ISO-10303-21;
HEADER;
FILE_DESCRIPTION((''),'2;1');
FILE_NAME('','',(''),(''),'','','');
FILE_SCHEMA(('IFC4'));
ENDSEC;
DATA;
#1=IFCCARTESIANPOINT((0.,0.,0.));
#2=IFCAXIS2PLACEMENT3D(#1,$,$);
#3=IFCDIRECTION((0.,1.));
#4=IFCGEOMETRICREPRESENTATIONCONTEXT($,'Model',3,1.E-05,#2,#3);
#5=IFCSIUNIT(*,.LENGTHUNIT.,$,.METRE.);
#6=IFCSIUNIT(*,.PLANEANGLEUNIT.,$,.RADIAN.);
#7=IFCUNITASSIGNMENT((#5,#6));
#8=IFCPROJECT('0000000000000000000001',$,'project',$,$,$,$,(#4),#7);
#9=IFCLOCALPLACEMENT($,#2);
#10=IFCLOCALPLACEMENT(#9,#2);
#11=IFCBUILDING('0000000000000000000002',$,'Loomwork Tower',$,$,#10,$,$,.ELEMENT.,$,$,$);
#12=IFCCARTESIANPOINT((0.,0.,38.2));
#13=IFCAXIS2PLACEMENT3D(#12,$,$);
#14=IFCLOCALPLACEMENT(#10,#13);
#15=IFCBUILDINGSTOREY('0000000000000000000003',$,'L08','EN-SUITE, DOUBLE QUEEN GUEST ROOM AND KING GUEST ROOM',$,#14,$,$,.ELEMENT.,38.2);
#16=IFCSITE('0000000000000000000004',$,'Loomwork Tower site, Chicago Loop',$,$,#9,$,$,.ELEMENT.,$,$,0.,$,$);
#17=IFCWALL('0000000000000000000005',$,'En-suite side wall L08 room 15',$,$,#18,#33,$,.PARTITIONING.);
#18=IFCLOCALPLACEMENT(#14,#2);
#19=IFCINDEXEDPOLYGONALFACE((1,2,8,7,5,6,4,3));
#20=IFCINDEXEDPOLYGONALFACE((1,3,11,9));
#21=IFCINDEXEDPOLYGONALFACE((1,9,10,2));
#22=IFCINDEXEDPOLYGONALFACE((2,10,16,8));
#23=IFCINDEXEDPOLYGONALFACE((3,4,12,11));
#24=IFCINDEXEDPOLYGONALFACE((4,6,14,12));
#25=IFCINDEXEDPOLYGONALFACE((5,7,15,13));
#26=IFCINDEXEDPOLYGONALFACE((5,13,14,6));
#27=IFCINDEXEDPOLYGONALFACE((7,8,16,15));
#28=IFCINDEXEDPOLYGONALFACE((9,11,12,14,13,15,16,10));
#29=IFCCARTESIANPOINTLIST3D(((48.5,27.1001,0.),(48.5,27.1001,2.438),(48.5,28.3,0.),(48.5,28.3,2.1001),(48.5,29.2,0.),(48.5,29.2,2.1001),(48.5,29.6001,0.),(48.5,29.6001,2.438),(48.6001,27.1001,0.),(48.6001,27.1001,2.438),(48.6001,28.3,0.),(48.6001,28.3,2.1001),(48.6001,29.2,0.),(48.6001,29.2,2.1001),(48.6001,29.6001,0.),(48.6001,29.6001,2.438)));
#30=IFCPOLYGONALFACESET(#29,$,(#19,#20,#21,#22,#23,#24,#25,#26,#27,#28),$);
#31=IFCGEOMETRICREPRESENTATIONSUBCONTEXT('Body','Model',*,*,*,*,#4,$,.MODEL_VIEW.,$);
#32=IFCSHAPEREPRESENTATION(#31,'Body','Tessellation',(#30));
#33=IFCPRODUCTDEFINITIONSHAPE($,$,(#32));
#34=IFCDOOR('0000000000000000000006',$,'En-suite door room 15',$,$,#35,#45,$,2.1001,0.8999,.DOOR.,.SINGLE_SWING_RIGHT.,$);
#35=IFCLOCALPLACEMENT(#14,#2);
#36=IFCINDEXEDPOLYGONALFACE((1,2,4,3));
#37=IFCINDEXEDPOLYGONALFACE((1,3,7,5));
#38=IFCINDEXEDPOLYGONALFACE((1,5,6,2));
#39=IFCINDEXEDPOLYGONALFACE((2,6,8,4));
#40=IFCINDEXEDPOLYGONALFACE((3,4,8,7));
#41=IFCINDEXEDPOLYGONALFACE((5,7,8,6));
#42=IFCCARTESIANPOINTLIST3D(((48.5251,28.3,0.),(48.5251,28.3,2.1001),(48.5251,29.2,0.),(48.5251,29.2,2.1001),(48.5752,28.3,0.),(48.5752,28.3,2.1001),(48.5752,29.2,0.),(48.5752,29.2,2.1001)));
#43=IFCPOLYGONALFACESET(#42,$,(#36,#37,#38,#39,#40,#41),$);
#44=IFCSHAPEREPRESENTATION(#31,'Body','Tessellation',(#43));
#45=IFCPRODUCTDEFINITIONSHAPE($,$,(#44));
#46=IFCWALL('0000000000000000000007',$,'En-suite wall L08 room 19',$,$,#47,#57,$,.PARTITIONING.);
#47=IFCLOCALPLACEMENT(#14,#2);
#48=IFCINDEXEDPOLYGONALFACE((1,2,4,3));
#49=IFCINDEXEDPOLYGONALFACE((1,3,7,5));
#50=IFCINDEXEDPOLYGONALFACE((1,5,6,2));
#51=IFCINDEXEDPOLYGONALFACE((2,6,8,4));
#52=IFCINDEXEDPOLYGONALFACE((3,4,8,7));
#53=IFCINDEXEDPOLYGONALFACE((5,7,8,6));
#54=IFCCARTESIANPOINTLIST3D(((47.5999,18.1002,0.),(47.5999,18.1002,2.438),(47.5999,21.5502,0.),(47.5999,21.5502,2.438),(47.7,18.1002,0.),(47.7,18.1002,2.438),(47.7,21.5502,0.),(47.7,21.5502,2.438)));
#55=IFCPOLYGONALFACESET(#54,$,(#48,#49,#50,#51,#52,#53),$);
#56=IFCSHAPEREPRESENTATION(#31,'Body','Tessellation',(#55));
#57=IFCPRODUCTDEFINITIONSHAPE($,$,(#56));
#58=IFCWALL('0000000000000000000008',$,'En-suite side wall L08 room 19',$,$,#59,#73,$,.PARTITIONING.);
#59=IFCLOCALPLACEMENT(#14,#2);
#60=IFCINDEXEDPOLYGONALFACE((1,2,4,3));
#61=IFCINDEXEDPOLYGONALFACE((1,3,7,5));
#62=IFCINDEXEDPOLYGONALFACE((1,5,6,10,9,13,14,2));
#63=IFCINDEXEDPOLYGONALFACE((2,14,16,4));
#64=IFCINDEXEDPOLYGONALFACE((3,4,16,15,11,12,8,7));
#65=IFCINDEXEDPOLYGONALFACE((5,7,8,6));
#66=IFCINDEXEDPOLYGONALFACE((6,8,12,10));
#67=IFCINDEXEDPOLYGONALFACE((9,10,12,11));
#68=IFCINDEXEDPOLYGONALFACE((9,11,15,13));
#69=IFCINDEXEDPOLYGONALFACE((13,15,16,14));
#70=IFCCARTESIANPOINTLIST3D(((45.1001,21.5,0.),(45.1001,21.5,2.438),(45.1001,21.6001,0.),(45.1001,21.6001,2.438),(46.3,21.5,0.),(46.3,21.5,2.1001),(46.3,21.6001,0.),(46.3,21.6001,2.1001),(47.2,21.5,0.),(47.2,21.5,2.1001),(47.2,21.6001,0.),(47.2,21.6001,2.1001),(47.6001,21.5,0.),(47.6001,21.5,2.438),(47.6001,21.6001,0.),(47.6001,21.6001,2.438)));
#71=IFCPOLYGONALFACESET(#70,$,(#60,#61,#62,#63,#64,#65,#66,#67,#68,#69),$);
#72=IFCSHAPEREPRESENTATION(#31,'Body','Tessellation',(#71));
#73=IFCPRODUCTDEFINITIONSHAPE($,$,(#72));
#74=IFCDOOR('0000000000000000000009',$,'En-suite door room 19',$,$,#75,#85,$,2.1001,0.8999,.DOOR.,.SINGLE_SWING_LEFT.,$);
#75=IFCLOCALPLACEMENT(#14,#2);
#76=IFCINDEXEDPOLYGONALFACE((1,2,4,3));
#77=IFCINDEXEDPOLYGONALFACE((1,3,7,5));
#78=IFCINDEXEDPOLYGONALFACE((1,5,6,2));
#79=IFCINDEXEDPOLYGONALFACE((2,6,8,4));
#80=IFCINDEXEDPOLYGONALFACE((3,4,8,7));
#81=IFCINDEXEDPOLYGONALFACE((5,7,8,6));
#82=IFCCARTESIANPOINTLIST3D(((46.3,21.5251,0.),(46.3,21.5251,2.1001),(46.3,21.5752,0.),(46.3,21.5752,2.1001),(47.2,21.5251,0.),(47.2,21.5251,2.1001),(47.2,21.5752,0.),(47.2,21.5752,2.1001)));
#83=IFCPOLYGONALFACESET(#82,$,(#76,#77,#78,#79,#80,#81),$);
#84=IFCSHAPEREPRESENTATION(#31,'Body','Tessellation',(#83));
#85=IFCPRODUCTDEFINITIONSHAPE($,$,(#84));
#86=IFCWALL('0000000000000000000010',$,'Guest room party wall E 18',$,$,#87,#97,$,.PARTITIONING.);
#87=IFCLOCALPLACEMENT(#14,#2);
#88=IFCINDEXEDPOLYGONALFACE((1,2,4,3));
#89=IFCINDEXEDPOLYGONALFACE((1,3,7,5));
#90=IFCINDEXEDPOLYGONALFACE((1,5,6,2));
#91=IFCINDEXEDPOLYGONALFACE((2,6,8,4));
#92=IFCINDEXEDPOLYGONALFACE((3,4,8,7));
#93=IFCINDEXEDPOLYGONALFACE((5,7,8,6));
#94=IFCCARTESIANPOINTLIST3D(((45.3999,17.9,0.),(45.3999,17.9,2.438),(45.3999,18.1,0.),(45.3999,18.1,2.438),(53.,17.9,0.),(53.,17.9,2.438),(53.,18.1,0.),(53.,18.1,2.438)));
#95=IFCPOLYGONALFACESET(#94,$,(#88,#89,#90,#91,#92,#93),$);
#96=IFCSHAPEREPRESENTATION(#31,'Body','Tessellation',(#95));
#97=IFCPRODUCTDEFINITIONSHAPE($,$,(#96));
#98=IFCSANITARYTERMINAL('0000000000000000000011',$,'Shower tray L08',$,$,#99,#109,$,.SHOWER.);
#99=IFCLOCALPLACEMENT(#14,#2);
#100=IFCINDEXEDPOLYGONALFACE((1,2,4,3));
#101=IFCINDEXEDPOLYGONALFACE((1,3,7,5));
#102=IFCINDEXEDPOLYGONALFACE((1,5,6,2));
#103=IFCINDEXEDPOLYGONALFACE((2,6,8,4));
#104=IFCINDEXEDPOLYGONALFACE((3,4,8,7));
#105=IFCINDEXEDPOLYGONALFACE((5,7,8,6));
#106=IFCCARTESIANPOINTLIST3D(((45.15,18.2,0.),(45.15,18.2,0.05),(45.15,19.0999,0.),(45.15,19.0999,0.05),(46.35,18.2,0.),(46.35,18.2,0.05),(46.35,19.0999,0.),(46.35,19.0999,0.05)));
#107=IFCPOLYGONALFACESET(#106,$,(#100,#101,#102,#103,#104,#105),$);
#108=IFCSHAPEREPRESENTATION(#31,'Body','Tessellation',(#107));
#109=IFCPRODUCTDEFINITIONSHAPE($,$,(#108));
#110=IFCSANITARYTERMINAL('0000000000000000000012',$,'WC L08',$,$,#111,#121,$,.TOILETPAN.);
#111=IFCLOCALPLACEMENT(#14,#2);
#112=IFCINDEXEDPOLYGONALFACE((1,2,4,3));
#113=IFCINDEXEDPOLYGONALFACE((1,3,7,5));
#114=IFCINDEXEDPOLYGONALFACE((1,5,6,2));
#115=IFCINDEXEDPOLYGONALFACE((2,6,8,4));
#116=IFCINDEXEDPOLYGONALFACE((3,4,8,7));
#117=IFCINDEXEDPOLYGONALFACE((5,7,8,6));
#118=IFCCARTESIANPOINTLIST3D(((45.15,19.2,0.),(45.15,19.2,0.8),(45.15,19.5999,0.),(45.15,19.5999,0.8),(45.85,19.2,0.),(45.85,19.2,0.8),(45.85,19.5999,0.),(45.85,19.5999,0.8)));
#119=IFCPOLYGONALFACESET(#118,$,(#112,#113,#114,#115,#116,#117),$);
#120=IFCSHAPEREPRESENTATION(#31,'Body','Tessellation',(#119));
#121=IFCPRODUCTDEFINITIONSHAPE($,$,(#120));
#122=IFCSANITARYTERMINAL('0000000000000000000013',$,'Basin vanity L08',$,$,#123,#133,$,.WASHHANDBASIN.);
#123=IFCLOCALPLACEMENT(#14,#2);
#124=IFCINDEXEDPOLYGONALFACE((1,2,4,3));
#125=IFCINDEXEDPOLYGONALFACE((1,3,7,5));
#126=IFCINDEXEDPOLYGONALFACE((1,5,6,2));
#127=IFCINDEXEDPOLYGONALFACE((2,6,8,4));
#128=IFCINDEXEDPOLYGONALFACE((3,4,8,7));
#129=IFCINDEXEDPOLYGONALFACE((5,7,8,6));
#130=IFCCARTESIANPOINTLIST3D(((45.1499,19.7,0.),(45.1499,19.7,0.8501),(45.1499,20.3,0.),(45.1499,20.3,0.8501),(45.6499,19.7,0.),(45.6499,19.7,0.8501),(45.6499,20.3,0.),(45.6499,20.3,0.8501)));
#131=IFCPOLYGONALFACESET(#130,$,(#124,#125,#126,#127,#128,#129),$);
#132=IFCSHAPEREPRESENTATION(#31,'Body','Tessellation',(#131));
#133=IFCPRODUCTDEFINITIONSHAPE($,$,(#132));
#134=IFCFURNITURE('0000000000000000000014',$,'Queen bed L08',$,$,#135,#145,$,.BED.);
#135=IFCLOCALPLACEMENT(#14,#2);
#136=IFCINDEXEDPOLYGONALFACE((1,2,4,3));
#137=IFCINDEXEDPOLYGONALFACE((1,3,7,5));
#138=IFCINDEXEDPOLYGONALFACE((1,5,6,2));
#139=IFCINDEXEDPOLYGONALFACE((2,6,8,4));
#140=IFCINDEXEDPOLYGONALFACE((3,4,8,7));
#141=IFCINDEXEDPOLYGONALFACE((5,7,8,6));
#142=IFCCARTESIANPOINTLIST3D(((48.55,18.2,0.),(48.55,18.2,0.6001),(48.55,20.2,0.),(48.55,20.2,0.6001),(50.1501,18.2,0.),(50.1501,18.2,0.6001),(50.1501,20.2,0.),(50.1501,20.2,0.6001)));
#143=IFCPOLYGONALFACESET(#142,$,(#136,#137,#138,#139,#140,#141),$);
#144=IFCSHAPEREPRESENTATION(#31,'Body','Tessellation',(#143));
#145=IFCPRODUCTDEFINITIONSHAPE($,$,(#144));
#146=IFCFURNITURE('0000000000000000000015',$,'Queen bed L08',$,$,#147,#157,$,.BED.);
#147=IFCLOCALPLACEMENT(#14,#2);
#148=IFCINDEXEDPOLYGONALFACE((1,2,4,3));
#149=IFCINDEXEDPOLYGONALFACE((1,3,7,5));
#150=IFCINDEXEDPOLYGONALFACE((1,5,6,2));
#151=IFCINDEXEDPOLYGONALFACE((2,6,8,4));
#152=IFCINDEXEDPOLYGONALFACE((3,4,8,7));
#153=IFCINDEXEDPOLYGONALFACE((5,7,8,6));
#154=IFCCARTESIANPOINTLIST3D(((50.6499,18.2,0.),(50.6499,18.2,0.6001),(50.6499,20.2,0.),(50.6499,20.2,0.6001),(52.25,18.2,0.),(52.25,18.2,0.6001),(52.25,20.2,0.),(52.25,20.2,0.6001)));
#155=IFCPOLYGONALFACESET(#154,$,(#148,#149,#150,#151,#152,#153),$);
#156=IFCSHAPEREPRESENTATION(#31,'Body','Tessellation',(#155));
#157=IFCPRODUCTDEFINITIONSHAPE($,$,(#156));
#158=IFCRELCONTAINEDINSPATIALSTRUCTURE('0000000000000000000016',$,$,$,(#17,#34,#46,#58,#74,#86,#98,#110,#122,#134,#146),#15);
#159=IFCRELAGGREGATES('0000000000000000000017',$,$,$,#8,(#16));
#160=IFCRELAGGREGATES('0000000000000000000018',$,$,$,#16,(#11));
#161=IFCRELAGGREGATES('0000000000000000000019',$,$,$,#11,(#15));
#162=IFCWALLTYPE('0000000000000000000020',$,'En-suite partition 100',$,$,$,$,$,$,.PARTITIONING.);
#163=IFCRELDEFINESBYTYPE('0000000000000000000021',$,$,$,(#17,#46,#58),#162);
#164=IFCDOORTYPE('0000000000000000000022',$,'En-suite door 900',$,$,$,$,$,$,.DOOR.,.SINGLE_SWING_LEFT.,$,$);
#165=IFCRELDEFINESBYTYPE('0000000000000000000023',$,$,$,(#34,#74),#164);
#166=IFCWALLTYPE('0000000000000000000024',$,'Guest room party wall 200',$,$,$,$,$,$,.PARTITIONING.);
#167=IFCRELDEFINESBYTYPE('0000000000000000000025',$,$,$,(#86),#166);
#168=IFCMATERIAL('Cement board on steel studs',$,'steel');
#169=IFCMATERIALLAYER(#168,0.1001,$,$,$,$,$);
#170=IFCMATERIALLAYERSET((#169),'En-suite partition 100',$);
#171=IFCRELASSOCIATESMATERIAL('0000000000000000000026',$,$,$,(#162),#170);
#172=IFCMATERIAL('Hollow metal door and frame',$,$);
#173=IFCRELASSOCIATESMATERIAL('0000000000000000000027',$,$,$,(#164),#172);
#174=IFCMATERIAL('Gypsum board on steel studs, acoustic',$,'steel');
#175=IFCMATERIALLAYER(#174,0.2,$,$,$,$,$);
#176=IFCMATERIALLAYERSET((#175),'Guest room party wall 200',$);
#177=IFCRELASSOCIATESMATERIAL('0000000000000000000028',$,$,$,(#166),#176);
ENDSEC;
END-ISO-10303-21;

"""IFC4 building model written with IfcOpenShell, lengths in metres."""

from ifc_helpers import new_model, si_unit, direction, frame, frame_2d, origin, origin_2d, place, context, subcontext, project, spatial, rectangle, extrude, material, layer, layer_set, type_object, element, fill, save


model = new_model("IFC4")

# Units and contexts
model_context = context("Model", 3, precision=1e-05, world=origin(), true_north=direction((0.0, 1.0)))
body_context = subcontext(model_context, "Body", "Model", "MODEL_VIEW")
ifc_project = project(units=[si_unit("LENGTHUNIT", "METRE"), si_unit("PLANEANGLEUNIT", "RADIAN")], contexts=[model_context])

# Site, building, storey
site_placement = place(None, origin())
site = spatial("IfcSite", under=ifc_project, at=site_placement, Name="Loomwork Tower site, Chicago Loop", CompositionType="ELEMENT", RefElevation=0.0)
building_placement = place(site_placement, origin())
building = spatial("IfcBuilding", under=site, at=building_placement, Name="Loomwork Tower", CompositionType="ELEMENT")
storey_placement = place(building_placement, frame((0.0, 0.0, 38.2)))
storey = spatial("IfcBuildingStorey", under=building, at=storey_placement, Name="L08", Description="EN-SUITE, DOUBLE QUEEN GUEST ROOM AND KING GUEST ROOM", CompositionType="ELEMENT", Elevation=38.2)

# Wall, opening, door
ifc_material_1 = material(Name="Cement board on steel studs", Category="steel")
ifc_layer_1 = layer(ifc_material_1, 0.1001)
ifc_layer_set_1 = layer_set([ifc_layer_1], Name="En-suite partition 100")
wall_type_1 = type_object("IfcWallType", Name="En-suite partition 100", PredefinedType="PARTITIONING", material=ifc_layer_set_1)
wall_1_placement = place(storey_placement, frame((48.55, 27.1001, 0.0), z_axis=(0.0, 0.0, 1.0), x_axis=(0.0, 1.0, 0.0)))
wall_1 = element("IfcWall", 1, at=wall_1_placement, inside=storey, type_object=wall_type_1, Name="En-suite side wall L08 room 15", PredefinedType="PARTITIONING", context=body_context, shape_type="SweptSolid", body=[
    extrude(rectangle(XDim=2.5, YDim=0.1001, at=frame_2d((1.25, 0.0))), origin(), (0.0, 0.0, 1.0), 2.438),
])
opening_1_placement = place(wall_1_placement, frame((1.2, 0.0, 0.0)))
opening_1 = element("IfcOpeningElement", 2, at=opening_1_placement, cuts=wall_1, PredefinedType="OPENING", context=body_context, shape_type="SweptSolid", body=[
    extrude(rectangle(XDim=0.8999, YDim=2.1001, at=frame_2d((0.45, 1.05))), frame((0.0, 0.0601, 0.0), z_axis=(0.0, -1.0, 0.0), x_axis=(1.0, 0.0, 0.0)), (0.0, 0.0, 1.0), 0.1201),
])
ifc_material_2 = material(Name="Hollow metal door and frame")
door_type_1 = type_object("IfcDoorType", Name="En-suite door 900", OperationType="SINGLE_SWING_LEFT", PredefinedType="DOOR", material=ifc_material_2)
door_1_placement = place(opening_1_placement, origin())
door_1 = element("IfcDoor", 3, at=door_1_placement, inside=storey, type_object=door_type_1, Name="En-suite door room 15", OperationType="SINGLE_SWING_RIGHT", OverallHeight=2.1001, OverallWidth=0.8999, PredefinedType="DOOR", context=body_context, shape_type="SweptSolid", body=[
    extrude(rectangle(XDim=0.8999, YDim=2.1001, at=frame_2d((0.45, 1.05))), frame((0.0, 0.0249, 0.0), z_axis=(0.0, -1.0, 0.0), x_axis=(1.0, 0.0, 0.0)), (0.0, 0.0, 1.0), 0.05),
])
fill(opening_1, door_1)

# Wall
wall_2_placement = place(storey_placement, frame((47.6499, 18.1001, 0.0), z_axis=(0.0, 0.0, 1.0), x_axis=(0.0, 1.0, 0.0)))
element("IfcWall", 4, at=wall_2_placement, inside=storey, type_object=wall_type_1, Name="En-suite wall L08 room 19", PredefinedType="PARTITIONING", context=body_context, shape_type="SweptSolid", body=[
    extrude(rectangle(XDim=3.45, YDim=0.1001, at=frame_2d((1.7251, 0.0))), origin(), (0.0, 0.0, 1.0), 2.438),
])

# Wall, opening, door
wall_3_placement = place(storey_placement, frame((45.1001, 21.55, 0.0), z_axis=(0.0, 0.0, 1.0), x_axis=(1.0, 0.0, 0.0)))
wall_3 = element("IfcWall", 5, at=wall_3_placement, inside=storey, type_object=wall_type_1, Name="En-suite side wall L08 room 19", PredefinedType="PARTITIONING", context=body_context, shape_type="SweptSolid", body=[
    extrude(rectangle(XDim=2.5, YDim=0.1001, at=frame_2d((1.25, 0.0))), origin(), (0.0, 0.0, 1.0), 2.438),
])
opening_2_placement = place(wall_3_placement, frame((1.2, 0.0, 0.0)))
opening_2 = element("IfcOpeningElement", 6, at=opening_2_placement, cuts=wall_3, PredefinedType="OPENING", context=body_context, shape_type="SweptSolid", body=[
    extrude(rectangle(XDim=0.8999, YDim=2.1001, at=frame_2d((0.45, 1.05))), frame((0.0, 0.0601, 0.0), z_axis=(0.0, -1.0, 0.0), x_axis=(1.0, 0.0, 0.0)), (0.0, 0.0, 1.0), 0.1201),
])
door_2_placement = place(opening_2_placement, frame((0.8999, 0.0, 0.0), z_axis=(0.0, 0.0, 1.0), x_axis=(-1.0, 0.0, 0.0)))
door_2 = element("IfcDoor", 7, at=door_2_placement, inside=storey, type_object=door_type_1, Name="En-suite door room 19", OperationType="SINGLE_SWING_LEFT", OverallHeight=2.1001, OverallWidth=0.8999, PredefinedType="DOOR", context=body_context, shape_type="SweptSolid", body=[
    extrude(rectangle(XDim=0.8999, YDim=2.1001, at=frame_2d((0.45, 1.05))), frame((0.0, 0.0249, 0.0), z_axis=(0.0, -1.0, 0.0), x_axis=(1.0, 0.0, 0.0)), (0.0, 0.0, 1.0), 0.05),
])
fill(opening_2, door_2)

# Wall
ifc_material_3 = material(Name="Gypsum board on steel studs, acoustic", Category="steel")
ifc_layer_2 = layer(ifc_material_3, 0.2)
ifc_layer_set_2 = layer_set([ifc_layer_2], Name="Guest room party wall 200")
wall_type_2 = type_object("IfcWallType", Name="Guest room party wall 200", PredefinedType="PARTITIONING", material=ifc_layer_set_2)
wall_4_placement = place(storey_placement, frame((45.3999, 18.0, 0.0), z_axis=(0.0, 0.0, 1.0), x_axis=(1.0, 0.0, 0.0)))
element("IfcWall", 8, at=wall_4_placement, inside=storey, type_object=wall_type_2, Name="Guest room party wall E 18", PredefinedType="PARTITIONING", context=body_context, shape_type="SweptSolid", body=[
    extrude(rectangle(XDim=7.6001, YDim=0.2, at=frame_2d((3.8, 0.0))), origin(), (0.0, 0.0, 1.0), 2.438),
])

# Sanitary terminals
sanitary_terminal_1_placement = place(storey_placement, frame((45.75, 18.6499, 0.0), z_axis=(0.0, 0.0, 1.0), x_axis=(1.0, 0.0, 0.0)))
element("IfcSanitaryTerminal", 9, at=sanitary_terminal_1_placement, inside=storey, Name="Shower tray L08", PredefinedType="SHOWER", context=body_context, shape_type="SweptSolid", body=[
    extrude(rectangle(XDim=1.2, YDim=0.8999, at=origin_2d()), origin(), (0.0, 0.0, 1.0), 0.05),
])
sanitary_terminal_2_placement = place(storey_placement, frame((45.5, 19.3999, 0.0), z_axis=(0.0, 0.0, 1.0), x_axis=(1.0, 0.0, 0.0)))
element("IfcSanitaryTerminal", 10, at=sanitary_terminal_2_placement, inside=storey, Name="WC L08", PredefinedType="TOILETPAN", context=body_context, shape_type="SweptSolid", body=[
    extrude(rectangle(XDim=0.7, YDim=0.3999, at=origin_2d()), origin(), (0.0, 0.0, 1.0), 0.8),
])
sanitary_terminal_3_placement = place(storey_placement, frame((45.3999, 20.0, 0.0), z_axis=(0.0, 0.0, 1.0), x_axis=(1.0, 0.0, 0.0)))
element("IfcSanitaryTerminal", 11, at=sanitary_terminal_3_placement, inside=storey, Name="Basin vanity L08", PredefinedType="WASHHANDBASIN", context=body_context, shape_type="SweptSolid", body=[
    extrude(rectangle(XDim=0.5, YDim=0.6001, at=origin_2d()), origin(), (0.0, 0.0, 1.0), 0.8501),
])

# Furniture
for number, where, z_axis, x_axis, name in (
    (12, (49.3501, 19.2, 0.0), (0.0, 0.0, 1.0), (1.0, 0.0, 0.0), "Queen bed L08"),
    (13, (51.45, 19.2, 0.0), (0.0, 0.0, 1.0), (1.0, 0.0, 0.0), "Queen bed L08"),
):
    element("IfcFurniture", number, at=place(storey_placement, frame(where, z_axis=z_axis, x_axis=x_axis)), inside=storey, Name=name, PredefinedType="BED", context=body_context, shape_type="SweptSolid", body=[
        extrude(rectangle(XDim=1.6001, YDim=2.0, at=origin_2d()), origin(), (0.0, 0.0, 1.0), 0.6001),
    ])

save(model, "model.ifc")
